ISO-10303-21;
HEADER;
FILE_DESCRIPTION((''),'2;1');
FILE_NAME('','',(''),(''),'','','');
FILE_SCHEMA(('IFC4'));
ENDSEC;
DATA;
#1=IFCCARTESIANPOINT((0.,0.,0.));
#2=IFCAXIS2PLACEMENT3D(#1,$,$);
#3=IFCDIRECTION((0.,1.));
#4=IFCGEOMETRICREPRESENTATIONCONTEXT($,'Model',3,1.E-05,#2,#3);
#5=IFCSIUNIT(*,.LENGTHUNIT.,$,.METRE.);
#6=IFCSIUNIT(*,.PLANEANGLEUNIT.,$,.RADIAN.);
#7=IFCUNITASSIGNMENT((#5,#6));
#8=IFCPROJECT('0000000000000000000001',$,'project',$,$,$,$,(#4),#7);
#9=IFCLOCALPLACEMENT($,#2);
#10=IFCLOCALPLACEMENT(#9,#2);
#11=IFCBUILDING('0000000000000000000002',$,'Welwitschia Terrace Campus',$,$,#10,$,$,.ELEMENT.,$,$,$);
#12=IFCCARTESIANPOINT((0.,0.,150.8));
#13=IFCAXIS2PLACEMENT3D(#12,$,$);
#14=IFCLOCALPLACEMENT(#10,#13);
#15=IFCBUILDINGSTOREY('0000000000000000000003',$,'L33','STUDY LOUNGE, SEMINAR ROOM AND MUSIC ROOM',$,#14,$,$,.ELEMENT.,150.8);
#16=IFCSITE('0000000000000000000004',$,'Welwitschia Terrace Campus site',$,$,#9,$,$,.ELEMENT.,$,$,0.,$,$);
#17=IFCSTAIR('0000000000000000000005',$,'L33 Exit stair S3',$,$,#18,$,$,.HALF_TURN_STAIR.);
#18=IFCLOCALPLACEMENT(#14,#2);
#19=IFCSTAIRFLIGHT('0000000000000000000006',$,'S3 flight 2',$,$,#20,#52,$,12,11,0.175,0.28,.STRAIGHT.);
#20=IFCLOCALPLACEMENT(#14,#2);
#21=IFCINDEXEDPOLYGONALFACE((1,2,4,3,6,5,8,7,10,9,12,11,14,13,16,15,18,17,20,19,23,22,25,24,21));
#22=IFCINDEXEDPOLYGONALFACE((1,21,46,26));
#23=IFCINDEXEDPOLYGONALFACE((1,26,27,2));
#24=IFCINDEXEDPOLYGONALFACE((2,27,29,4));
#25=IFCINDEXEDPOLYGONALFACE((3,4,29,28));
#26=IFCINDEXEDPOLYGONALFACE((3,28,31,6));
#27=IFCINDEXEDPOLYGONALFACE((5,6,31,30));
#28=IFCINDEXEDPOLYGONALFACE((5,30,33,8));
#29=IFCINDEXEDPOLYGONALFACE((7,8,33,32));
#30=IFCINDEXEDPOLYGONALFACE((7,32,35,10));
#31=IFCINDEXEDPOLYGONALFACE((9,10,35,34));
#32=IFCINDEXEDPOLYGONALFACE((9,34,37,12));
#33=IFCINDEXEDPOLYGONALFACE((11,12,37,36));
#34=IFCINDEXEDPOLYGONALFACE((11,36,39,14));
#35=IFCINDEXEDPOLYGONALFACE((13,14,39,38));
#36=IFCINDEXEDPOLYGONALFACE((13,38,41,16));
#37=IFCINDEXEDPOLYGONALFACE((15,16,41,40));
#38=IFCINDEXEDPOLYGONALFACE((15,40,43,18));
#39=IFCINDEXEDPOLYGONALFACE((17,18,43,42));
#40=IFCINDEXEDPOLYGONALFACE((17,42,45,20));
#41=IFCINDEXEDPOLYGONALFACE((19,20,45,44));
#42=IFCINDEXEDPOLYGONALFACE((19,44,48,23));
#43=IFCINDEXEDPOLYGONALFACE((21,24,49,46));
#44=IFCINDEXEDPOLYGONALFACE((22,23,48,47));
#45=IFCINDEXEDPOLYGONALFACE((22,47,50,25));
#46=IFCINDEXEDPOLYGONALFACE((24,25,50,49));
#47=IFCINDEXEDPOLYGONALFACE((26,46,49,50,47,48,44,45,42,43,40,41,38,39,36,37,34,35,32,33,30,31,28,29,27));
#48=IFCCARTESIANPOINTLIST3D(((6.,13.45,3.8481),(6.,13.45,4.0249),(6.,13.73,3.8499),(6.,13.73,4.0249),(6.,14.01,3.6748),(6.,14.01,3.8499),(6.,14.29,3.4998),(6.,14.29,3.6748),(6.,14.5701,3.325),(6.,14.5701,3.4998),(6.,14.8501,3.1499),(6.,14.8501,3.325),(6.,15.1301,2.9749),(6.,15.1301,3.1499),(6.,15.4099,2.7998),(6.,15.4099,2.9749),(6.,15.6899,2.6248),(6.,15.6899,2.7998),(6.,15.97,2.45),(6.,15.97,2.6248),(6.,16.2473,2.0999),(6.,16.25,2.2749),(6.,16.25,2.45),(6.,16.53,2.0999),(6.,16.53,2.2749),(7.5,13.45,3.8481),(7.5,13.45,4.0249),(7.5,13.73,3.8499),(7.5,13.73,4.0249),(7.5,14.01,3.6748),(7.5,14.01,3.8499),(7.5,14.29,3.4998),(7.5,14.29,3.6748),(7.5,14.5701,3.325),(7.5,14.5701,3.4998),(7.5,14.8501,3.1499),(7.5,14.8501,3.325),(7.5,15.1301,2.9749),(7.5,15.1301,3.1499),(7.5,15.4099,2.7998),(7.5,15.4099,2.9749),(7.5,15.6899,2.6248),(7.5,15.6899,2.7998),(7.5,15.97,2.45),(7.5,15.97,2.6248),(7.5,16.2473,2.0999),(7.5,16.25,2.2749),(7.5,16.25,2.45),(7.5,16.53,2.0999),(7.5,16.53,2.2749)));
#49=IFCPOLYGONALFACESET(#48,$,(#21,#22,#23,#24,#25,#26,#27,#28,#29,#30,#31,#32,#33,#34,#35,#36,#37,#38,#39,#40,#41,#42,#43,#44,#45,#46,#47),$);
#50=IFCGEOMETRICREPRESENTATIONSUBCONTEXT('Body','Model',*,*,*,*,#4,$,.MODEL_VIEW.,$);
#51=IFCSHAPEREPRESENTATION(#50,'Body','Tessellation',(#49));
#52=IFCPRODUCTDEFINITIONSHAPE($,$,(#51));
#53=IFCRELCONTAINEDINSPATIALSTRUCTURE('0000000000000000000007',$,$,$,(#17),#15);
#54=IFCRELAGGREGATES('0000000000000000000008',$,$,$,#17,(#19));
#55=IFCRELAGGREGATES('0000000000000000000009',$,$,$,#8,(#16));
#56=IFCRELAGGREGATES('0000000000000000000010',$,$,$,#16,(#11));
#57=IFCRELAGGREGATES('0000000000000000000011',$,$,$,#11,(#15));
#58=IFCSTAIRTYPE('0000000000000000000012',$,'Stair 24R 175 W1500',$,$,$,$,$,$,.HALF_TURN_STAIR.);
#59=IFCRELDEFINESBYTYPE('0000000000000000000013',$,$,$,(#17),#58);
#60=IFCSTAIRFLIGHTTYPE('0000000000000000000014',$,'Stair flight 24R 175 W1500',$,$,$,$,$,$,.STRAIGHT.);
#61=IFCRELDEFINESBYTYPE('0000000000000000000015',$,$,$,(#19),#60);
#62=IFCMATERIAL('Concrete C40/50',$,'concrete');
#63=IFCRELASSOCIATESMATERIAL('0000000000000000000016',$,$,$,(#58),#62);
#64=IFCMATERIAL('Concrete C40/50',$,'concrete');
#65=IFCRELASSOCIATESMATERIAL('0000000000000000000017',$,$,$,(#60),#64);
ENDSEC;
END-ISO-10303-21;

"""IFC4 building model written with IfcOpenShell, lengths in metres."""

from ifc_helpers import new_model, si_unit, direction, frame, origin, place, context, subcontext, project, spatial, polyline, outline, extrude, material, type_object, element, aggregate, save


model = new_model("IFC4")

# Units and contexts
model_context = context("Model", 3, precision=1e-05, world=origin(), true_north=direction((0.0, 1.0)))
body_context = subcontext(model_context, "Body", "Model", "MODEL_VIEW")
ifc_project = project(units=[si_unit("LENGTHUNIT", "METRE"), si_unit("PLANEANGLEUNIT", "RADIAN")], contexts=[model_context])

# Site, building, storey
site_placement = place(None, origin())
site = spatial("IfcSite", under=ifc_project, at=site_placement, Name="Welwitschia Terrace Campus site", CompositionType="ELEMENT", RefElevation=0.0)
building_placement = place(site_placement, origin())
building = spatial("IfcBuilding", under=site, at=building_placement, Name="Welwitschia Terrace Campus", CompositionType="ELEMENT")
storey_placement = place(building_placement, frame((0.0, 0.0, 150.8)))
storey = spatial("IfcBuildingStorey", under=building, at=storey_placement, Name="L33", Description="STUDY LOUNGE, SEMINAR ROOM AND MUSIC ROOM", CompositionType="ELEMENT", Elevation=150.8)

# Stair, stair flight
ifc_material_1 = material(Name="Concrete C40/50", Category="concrete")
stair_type = type_object("IfcStairType", Name="Stair 24R 175 W1500", PredefinedType="HALF_TURN_STAIR", material=ifc_material_1)
ifc_material_2 = material(Name="Concrete C40/50", Category="concrete")
stair_flight_type = type_object("IfcStairFlightType", Name="Stair flight 24R 175 W1500", PredefinedType="STRAIGHT", material=ifc_material_2)
stair_1_placement = place(storey_placement, origin())
stair_1 = element("IfcStair", 1, at=stair_1_placement, inside=storey, type_object=stair_type, Name="L33 Exit stair S3", PredefinedType="HALF_TURN_STAIR")
stair_flight_1_placement = place(storey_placement, frame((6.75, 16.53, 2.0999), z_axis=(0.0, 0.0, 1.0), x_axis=(0.0, -1.0, 0.0)))
stair_flight_1 = element("IfcStairFlight", 2, at=stair_flight_1_placement, type_object=stair_flight_type, Name="S3 flight 2", NumberOfRisers=12, NumberOfTreads=11, PredefinedType="STRAIGHT", RiserHeight=0.175, TreadLength=0.28, context=body_context, shape_type="SweptSolid", body=[
    extrude(outline(polyline([(0.0, 0.0), (0.0, 0.175), (0.28, 0.175), (0.28, 0.3501), (0.5601, 0.3501), (0.5601, 0.5249), (0.8401, 0.5249), (0.8401, 0.7), (1.1201, 0.7), (1.1201, 0.875), (1.3999, 0.875), (1.3999, 1.05), (1.6799, 1.05), (1.6799, 1.2251), (1.96, 1.2251), (1.96, 1.3999), (2.24, 1.3999), (2.24, 1.575), (2.52, 1.575), (2.52, 1.75), (2.8, 1.75), (2.8, 1.925), (3.0801, 1.925), (3.0801, 2.1001), (3.0801, 1.7483), (0.2827, 0.0), (0.0, 0.0)])), frame((0.0, 0.75, 0.0), z_axis=(0.0, -1.0, 0.0), x_axis=(1.0, 0.0, 0.0)), (0.0, 0.0, 1.0), 1.5),
])
aggregate(stair_1, [stair_flight_1])

save(model, "model.ifc")
